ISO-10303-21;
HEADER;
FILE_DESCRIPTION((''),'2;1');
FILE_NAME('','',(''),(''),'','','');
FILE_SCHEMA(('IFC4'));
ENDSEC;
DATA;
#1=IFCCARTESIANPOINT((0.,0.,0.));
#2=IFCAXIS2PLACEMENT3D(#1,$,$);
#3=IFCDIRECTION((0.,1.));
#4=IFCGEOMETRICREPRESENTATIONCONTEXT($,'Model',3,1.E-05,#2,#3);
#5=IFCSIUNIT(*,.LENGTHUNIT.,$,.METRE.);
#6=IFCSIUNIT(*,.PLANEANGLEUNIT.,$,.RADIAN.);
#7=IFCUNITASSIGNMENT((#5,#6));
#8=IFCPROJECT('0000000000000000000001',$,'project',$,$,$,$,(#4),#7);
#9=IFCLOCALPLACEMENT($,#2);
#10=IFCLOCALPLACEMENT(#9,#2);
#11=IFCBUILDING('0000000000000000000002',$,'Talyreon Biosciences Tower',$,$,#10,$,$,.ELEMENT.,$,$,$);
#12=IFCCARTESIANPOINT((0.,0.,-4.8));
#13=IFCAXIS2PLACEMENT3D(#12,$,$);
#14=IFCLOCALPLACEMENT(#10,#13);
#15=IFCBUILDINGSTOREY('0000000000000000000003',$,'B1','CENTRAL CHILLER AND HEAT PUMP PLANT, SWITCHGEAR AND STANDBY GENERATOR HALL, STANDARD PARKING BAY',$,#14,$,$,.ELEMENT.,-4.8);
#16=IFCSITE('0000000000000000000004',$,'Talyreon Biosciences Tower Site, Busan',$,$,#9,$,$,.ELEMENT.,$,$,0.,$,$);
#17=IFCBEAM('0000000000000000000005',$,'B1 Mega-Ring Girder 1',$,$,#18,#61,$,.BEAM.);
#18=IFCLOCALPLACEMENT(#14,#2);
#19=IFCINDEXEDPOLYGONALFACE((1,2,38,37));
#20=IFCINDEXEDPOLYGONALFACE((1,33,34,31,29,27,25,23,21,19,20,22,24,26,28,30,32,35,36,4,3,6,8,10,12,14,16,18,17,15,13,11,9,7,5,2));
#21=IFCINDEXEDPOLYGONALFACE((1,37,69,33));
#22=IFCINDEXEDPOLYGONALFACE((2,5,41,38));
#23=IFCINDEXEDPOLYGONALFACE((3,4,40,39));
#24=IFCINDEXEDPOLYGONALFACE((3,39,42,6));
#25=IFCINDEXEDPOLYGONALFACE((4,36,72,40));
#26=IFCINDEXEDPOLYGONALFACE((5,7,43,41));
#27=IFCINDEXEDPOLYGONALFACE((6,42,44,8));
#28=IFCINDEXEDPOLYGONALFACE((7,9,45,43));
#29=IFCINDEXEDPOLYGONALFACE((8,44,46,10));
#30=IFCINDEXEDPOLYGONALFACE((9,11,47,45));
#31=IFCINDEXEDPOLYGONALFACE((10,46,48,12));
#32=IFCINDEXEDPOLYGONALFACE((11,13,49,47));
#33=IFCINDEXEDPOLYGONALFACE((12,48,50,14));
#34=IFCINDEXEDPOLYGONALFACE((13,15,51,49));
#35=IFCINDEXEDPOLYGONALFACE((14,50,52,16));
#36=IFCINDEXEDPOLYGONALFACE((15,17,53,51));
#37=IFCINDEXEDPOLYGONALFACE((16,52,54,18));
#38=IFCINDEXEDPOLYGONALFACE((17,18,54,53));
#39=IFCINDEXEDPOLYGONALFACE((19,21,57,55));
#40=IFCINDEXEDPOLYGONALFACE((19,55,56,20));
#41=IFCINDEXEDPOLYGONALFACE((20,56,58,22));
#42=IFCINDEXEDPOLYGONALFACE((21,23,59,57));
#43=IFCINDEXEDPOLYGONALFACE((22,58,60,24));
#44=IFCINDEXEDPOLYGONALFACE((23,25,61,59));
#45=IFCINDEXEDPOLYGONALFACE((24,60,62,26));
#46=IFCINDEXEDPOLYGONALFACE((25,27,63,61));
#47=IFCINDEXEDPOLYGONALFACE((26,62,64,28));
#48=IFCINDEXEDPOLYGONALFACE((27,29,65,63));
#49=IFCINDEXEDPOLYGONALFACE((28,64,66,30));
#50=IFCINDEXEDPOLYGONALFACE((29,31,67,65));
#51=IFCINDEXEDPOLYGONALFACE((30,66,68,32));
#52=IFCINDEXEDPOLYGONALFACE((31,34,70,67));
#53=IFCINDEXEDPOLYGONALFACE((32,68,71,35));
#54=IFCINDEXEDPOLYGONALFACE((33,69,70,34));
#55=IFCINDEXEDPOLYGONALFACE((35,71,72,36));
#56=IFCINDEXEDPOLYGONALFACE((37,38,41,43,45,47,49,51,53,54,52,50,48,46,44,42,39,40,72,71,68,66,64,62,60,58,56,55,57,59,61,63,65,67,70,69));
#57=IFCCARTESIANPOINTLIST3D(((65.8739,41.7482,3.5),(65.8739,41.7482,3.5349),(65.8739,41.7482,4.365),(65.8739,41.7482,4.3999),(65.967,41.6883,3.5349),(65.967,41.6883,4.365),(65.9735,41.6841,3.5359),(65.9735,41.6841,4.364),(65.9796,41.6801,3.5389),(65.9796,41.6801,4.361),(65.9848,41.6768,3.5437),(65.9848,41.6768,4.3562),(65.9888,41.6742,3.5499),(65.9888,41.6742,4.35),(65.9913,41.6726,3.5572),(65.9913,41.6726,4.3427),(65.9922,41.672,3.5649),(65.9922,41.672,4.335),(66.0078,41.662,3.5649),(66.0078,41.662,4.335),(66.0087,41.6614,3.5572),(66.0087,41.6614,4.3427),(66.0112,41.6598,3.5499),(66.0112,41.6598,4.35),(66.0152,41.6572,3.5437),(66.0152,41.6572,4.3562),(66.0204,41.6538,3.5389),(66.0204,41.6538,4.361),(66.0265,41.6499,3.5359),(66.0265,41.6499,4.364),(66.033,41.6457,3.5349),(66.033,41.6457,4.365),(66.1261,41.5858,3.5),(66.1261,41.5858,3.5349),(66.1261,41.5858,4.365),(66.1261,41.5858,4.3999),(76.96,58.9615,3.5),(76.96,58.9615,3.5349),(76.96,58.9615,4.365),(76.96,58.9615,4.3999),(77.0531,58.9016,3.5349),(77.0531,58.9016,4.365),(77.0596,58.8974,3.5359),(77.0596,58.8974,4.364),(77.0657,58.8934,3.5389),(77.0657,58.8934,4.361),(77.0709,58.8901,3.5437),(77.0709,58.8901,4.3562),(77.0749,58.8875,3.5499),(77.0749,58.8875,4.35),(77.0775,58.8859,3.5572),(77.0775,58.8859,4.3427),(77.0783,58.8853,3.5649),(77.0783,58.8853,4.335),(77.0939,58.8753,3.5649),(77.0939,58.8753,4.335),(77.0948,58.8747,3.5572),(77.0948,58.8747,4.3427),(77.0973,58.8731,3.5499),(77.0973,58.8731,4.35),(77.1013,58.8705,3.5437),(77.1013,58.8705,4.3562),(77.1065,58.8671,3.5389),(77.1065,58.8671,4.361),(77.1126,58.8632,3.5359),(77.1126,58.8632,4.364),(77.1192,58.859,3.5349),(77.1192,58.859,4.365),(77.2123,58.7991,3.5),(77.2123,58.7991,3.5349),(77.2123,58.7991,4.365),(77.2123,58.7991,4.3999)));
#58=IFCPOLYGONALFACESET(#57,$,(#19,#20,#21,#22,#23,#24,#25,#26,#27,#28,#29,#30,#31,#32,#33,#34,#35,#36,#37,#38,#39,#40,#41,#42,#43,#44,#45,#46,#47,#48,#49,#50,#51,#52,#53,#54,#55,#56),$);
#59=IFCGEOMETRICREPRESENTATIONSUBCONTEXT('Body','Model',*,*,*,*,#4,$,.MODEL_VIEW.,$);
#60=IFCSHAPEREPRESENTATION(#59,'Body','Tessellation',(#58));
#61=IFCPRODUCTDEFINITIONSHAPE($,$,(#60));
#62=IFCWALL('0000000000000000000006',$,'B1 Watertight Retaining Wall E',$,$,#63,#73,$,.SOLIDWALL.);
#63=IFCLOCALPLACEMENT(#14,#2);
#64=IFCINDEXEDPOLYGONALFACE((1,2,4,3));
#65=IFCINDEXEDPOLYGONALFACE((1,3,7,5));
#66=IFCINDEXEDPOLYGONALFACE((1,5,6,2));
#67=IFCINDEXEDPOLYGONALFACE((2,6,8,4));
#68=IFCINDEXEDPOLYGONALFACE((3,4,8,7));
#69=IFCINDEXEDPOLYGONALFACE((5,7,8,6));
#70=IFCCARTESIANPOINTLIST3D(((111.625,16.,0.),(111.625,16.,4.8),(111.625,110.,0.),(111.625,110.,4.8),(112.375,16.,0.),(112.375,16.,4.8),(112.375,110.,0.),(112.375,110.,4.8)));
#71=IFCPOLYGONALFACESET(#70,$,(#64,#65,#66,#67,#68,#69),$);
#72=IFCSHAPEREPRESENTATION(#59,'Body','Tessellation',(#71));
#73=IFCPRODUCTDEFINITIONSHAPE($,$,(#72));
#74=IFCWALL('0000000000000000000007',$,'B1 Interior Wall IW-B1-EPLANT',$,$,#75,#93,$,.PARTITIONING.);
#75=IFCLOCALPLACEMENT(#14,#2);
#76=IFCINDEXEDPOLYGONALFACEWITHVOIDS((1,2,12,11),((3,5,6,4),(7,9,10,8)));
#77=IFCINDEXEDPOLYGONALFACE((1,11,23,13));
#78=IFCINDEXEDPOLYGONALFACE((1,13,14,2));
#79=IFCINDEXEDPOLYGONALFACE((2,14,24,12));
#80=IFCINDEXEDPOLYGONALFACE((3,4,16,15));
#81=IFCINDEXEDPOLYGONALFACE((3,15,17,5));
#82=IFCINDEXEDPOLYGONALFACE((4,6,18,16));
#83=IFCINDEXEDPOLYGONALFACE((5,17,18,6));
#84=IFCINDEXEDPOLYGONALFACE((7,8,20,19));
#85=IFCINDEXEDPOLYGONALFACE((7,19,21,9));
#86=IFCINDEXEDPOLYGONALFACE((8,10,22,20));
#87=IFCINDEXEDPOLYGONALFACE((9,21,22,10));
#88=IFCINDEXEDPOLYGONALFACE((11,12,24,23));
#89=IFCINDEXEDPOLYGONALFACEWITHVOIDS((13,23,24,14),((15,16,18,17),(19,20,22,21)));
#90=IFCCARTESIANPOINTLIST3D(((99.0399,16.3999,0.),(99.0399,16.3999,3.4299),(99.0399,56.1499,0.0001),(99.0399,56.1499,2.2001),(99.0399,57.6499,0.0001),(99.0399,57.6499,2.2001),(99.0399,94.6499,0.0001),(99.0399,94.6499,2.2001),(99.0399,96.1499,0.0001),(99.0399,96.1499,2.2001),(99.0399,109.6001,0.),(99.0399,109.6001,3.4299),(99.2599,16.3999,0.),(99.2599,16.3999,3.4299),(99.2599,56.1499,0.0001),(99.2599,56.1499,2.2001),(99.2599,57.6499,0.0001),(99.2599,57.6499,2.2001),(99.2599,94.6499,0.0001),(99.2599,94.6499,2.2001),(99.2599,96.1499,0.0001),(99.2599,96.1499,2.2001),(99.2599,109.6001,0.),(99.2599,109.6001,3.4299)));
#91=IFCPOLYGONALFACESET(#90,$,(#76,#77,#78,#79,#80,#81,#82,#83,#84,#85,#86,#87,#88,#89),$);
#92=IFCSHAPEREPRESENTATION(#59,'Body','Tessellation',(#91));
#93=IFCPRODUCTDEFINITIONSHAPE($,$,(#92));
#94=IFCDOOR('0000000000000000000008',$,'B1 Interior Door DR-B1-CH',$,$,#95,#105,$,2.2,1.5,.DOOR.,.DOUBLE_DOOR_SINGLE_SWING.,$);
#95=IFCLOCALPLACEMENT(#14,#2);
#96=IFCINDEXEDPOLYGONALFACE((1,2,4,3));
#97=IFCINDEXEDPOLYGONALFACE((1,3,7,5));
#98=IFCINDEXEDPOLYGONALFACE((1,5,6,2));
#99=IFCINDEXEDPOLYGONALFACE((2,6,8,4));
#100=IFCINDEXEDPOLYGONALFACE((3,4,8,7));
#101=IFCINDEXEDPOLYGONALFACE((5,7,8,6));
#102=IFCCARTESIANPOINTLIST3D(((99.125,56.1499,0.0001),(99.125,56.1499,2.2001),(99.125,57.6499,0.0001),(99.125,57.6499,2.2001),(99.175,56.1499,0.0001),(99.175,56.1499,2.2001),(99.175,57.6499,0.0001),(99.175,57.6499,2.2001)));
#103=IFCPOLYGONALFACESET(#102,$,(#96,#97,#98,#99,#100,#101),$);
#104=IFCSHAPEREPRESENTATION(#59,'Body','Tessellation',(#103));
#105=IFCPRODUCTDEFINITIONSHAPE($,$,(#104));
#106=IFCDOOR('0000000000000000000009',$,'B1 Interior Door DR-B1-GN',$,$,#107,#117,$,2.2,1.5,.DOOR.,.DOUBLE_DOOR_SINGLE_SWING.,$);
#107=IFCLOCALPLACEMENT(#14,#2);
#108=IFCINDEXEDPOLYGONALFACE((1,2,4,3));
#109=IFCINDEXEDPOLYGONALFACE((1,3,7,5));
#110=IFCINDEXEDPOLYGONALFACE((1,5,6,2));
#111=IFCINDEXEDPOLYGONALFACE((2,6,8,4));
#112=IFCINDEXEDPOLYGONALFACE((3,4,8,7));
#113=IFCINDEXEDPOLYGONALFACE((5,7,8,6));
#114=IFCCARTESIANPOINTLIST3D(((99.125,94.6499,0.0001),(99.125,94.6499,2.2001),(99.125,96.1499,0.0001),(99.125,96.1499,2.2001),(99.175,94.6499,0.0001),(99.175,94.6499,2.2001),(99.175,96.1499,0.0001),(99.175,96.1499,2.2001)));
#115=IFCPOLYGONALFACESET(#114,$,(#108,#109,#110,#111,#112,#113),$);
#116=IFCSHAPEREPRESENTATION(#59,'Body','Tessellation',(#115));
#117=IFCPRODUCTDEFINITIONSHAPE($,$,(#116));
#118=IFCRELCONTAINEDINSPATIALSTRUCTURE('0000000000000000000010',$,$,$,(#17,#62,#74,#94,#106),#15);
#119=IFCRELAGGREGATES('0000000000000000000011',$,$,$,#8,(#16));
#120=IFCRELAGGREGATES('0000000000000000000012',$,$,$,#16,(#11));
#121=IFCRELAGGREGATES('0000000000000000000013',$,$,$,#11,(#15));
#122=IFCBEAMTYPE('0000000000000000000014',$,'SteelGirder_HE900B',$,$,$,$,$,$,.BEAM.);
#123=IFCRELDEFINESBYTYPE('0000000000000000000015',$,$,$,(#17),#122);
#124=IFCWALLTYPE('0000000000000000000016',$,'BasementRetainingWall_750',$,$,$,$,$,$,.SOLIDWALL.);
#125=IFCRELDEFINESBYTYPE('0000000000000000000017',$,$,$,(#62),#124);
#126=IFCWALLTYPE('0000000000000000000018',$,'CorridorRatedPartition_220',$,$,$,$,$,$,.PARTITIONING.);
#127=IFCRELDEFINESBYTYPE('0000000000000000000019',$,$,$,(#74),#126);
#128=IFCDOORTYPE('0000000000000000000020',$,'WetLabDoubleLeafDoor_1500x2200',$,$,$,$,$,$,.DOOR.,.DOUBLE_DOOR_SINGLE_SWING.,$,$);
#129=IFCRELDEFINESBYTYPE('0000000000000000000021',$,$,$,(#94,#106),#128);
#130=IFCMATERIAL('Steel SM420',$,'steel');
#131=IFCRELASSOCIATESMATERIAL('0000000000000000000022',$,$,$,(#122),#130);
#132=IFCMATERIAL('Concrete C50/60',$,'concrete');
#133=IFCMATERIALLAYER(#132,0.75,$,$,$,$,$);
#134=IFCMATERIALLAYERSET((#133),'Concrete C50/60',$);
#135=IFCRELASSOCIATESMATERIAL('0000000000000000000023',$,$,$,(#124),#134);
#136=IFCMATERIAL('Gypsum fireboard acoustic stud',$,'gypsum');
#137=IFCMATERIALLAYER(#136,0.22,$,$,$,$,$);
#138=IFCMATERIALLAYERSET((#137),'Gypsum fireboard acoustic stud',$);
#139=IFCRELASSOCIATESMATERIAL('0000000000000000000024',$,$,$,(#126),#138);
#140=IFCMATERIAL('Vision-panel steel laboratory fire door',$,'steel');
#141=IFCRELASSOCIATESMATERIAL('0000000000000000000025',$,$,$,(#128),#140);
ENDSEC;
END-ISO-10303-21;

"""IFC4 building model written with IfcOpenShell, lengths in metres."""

from ifc_helpers import new_model, si_unit, direction, frame, frame_2d, origin, origin_2d, place, context, subcontext, project, spatial, rectangle, i_section, extrude, material, layer, layer_set, material_profile, profile_set, type_object, element, fill, save


model = new_model("IFC4")

# Units and contexts
model_context = context("Model", 3, precision=1e-05, world=origin(), true_north=direction((0.0, 1.0)))
body_context = subcontext(model_context, "Body", "Model", "MODEL_VIEW")
ifc_project = project(units=[si_unit("LENGTHUNIT", "METRE"), si_unit("PLANEANGLEUNIT", "RADIAN")], contexts=[model_context])

# Site, building, storey
site_placement = place(None, origin())
site = spatial("IfcSite", under=ifc_project, at=site_placement, Name="Talyreon Biosciences Tower Site, Busan", CompositionType="ELEMENT", RefElevation=0.0)
building_placement = place(site_placement, origin())
building = spatial("IfcBuilding", under=site, at=building_placement, Name="Talyreon Biosciences Tower", CompositionType="ELEMENT")
storey_placement = place(building_placement, frame((0.0, 0.0, -4.8)))
storey = spatial("IfcBuildingStorey", under=building, at=storey_placement, Name="B1", Description="CENTRAL CHILLER AND HEAT PUMP PLANT, SWITCHGEAR AND STANDBY GENERATOR HALL, STANDARD PARKING BAY", CompositionType="ELEMENT", Elevation=-4.8)

# Shared definitions
ifc_material_1 = material(Name="Concrete C50/60", Category="concrete")

# Beam
ifc_material_2 = material(Name="Steel SM420", Category="steel")
ifc_material_profile_1 = material_profile(ifc_material_2, i_section(OverallWidth=0.3, OverallDepth=0.8999, WebThickness=0.0186, FlangeThickness=0.0349, FilletRadius=0.03, at=origin_2d()), Name="HE900B")
ifc_profile_set_1 = profile_set([ifc_material_profile_1], Name="Steel SM420")
beam_type_1 = type_object("IfcBeamType", Name="SteelGirder_HE900B", PredefinedType="BEAM", material=ifc_profile_set_1)
beam_1_placement = place(storey_placement, frame((66.0, 41.667, 3.95), z_axis=(0.541464, 0.840724, 0.0), x_axis=(-0.840724, 0.541464, 0.0)))
element("IfcBeam", 1, at=beam_1_placement, inside=storey, type_object=beam_type_1, Name="B1 Mega-Ring Girder 1", PredefinedType="BEAM", context=body_context, shape_type="SweptSolid", body=[
    extrude(i_section(OverallWidth=0.3, OverallDepth=0.8999, WebThickness=0.0186, FlangeThickness=0.0349, FilletRadius=0.03, at=origin_2d()), origin(), (0.0, 0.0, 1.0), 20.4744),
])

# Wall
ifc_layer_1 = layer(ifc_material_1, 0.75)
ifc_layer_set_1 = layer_set([ifc_layer_1], Name="Concrete C50/60")
wall_type_1 = type_object("IfcWallType", Name="BasementRetainingWall_750", PredefinedType="SOLIDWALL", material=ifc_layer_set_1)
wall_1_placement = place(storey_placement, frame((112.0, 16.0, 0.0), z_axis=(0.0, 0.0, 1.0), x_axis=(0.0, 1.0, 0.0)))
element("IfcWall", 2, at=wall_1_placement, inside=storey, type_object=wall_type_1, Name="B1 Watertight Retaining Wall E", PredefinedType="SOLIDWALL", context=body_context, shape_type="SweptSolid", body=[
    extrude(rectangle(XDim=94.0, YDim=0.75, at=frame_2d((47.0, 0.0))), origin(), (0.0, 0.0, 1.0), 4.8),
])

# Wall, openings, doors
ifc_material_3 = material(Name="Gypsum fireboard acoustic stud", Category="gypsum")
ifc_layer_2 = layer(ifc_material_3, 0.22)
ifc_layer_set_2 = layer_set([ifc_layer_2], Name="Gypsum fireboard acoustic stud")
wall_type_2 = type_object("IfcWallType", Name="CorridorRatedPartition_220", PredefinedType="PARTITIONING", material=ifc_layer_set_2)
wall_2_placement = place(storey_placement, frame((99.1499, 16.3999, 0.0), z_axis=(0.0, 0.0, 1.0), x_axis=(0.0, 1.0, 0.0)))
wall_2 = element("IfcWall", 3, at=wall_2_placement, inside=storey, type_object=wall_type_2, Name="B1 Interior Wall IW-B1-EPLANT", PredefinedType="PARTITIONING", context=body_context, shape_type="SweptSolid", body=[
    extrude(rectangle(XDim=93.2002, YDim=0.22, at=frame_2d((46.6001, 0.0))), origin(), (0.0, 0.0, 1.0), 3.4299),
])
opening_1_placement = place(wall_2_placement, frame((39.75, 0.0, 0.0)))
opening_1 = element("IfcOpeningElement", 4, at=opening_1_placement, cuts=wall_2, PredefinedType="OPENING", context=body_context, shape_type="SweptSolid", body=[
    extrude(rectangle(XDim=1.5, YDim=2.2, at=frame_2d((0.75, 1.1001))), frame((0.0, 0.1199, 0.0), z_axis=(0.0, -1.0, 0.0), x_axis=(1.0, 0.0, 0.0)), (0.0, 0.0, 1.0), 0.24),
])
opening_2_placement = place(wall_2_placement, frame((78.25, 0.0, 0.0)))
opening_2 = element("IfcOpeningElement", 5, at=opening_2_placement, cuts=wall_2, PredefinedType="OPENING", context=body_context, shape_type="SweptSolid", body=[
    extrude(rectangle(XDim=1.5, YDim=2.2, at=frame_2d((0.75, 1.1001))), frame((0.0, 0.1199, 0.0), z_axis=(0.0, -1.0, 0.0), x_axis=(1.0, 0.0, 0.0)), (0.0, 0.0, 1.0), 0.24),
])
ifc_material_4 = material(Name="Vision-panel steel laboratory fire door", Category="steel")
door_type = type_object("IfcDoorType", Name="WetLabDoubleLeafDoor_1500x2200", OperationType="DOUBLE_DOOR_SINGLE_SWING", PredefinedType="DOOR", material=ifc_material_4)
door_1_placement = place(opening_1_placement, origin())
door_1 = element("IfcDoor", 6, at=door_1_placement, inside=storey, type_object=door_type, Name="B1 Interior Door DR-B1-CH", OperationType="DOUBLE_DOOR_SINGLE_SWING", OverallHeight=2.2, OverallWidth=1.5, PredefinedType="DOOR", context=body_context, shape_type="SweptSolid", body=[
    extrude(rectangle(XDim=1.5, YDim=2.2, at=frame_2d((0.75, 1.1001))), frame((0.0, 0.0249, 0.0), z_axis=(0.0, -1.0, 0.0), x_axis=(1.0, 0.0, 0.0)), (0.0, 0.0, 1.0), 0.05),
])
fill(opening_1, door_1)
door_2_placement = place(opening_2_placement, origin())
door_2 = element("IfcDoor", 7, at=door_2_placement, inside=storey, type_object=door_type, Name="B1 Interior Door DR-B1-GN", OperationType="DOUBLE_DOOR_SINGLE_SWING", OverallHeight=2.2, OverallWidth=1.5, PredefinedType="DOOR", context=body_context, shape_type="SweptSolid", body=[
    extrude(rectangle(XDim=1.5, YDim=2.2, at=frame_2d((0.75, 1.1001))), frame((0.0, 0.0249, 0.0), z_axis=(0.0, -1.0, 0.0), x_axis=(1.0, 0.0, 0.0)), (0.0, 0.0, 1.0), 0.05),
])
fill(opening_2, door_2)

save(model, "model.ifc")
